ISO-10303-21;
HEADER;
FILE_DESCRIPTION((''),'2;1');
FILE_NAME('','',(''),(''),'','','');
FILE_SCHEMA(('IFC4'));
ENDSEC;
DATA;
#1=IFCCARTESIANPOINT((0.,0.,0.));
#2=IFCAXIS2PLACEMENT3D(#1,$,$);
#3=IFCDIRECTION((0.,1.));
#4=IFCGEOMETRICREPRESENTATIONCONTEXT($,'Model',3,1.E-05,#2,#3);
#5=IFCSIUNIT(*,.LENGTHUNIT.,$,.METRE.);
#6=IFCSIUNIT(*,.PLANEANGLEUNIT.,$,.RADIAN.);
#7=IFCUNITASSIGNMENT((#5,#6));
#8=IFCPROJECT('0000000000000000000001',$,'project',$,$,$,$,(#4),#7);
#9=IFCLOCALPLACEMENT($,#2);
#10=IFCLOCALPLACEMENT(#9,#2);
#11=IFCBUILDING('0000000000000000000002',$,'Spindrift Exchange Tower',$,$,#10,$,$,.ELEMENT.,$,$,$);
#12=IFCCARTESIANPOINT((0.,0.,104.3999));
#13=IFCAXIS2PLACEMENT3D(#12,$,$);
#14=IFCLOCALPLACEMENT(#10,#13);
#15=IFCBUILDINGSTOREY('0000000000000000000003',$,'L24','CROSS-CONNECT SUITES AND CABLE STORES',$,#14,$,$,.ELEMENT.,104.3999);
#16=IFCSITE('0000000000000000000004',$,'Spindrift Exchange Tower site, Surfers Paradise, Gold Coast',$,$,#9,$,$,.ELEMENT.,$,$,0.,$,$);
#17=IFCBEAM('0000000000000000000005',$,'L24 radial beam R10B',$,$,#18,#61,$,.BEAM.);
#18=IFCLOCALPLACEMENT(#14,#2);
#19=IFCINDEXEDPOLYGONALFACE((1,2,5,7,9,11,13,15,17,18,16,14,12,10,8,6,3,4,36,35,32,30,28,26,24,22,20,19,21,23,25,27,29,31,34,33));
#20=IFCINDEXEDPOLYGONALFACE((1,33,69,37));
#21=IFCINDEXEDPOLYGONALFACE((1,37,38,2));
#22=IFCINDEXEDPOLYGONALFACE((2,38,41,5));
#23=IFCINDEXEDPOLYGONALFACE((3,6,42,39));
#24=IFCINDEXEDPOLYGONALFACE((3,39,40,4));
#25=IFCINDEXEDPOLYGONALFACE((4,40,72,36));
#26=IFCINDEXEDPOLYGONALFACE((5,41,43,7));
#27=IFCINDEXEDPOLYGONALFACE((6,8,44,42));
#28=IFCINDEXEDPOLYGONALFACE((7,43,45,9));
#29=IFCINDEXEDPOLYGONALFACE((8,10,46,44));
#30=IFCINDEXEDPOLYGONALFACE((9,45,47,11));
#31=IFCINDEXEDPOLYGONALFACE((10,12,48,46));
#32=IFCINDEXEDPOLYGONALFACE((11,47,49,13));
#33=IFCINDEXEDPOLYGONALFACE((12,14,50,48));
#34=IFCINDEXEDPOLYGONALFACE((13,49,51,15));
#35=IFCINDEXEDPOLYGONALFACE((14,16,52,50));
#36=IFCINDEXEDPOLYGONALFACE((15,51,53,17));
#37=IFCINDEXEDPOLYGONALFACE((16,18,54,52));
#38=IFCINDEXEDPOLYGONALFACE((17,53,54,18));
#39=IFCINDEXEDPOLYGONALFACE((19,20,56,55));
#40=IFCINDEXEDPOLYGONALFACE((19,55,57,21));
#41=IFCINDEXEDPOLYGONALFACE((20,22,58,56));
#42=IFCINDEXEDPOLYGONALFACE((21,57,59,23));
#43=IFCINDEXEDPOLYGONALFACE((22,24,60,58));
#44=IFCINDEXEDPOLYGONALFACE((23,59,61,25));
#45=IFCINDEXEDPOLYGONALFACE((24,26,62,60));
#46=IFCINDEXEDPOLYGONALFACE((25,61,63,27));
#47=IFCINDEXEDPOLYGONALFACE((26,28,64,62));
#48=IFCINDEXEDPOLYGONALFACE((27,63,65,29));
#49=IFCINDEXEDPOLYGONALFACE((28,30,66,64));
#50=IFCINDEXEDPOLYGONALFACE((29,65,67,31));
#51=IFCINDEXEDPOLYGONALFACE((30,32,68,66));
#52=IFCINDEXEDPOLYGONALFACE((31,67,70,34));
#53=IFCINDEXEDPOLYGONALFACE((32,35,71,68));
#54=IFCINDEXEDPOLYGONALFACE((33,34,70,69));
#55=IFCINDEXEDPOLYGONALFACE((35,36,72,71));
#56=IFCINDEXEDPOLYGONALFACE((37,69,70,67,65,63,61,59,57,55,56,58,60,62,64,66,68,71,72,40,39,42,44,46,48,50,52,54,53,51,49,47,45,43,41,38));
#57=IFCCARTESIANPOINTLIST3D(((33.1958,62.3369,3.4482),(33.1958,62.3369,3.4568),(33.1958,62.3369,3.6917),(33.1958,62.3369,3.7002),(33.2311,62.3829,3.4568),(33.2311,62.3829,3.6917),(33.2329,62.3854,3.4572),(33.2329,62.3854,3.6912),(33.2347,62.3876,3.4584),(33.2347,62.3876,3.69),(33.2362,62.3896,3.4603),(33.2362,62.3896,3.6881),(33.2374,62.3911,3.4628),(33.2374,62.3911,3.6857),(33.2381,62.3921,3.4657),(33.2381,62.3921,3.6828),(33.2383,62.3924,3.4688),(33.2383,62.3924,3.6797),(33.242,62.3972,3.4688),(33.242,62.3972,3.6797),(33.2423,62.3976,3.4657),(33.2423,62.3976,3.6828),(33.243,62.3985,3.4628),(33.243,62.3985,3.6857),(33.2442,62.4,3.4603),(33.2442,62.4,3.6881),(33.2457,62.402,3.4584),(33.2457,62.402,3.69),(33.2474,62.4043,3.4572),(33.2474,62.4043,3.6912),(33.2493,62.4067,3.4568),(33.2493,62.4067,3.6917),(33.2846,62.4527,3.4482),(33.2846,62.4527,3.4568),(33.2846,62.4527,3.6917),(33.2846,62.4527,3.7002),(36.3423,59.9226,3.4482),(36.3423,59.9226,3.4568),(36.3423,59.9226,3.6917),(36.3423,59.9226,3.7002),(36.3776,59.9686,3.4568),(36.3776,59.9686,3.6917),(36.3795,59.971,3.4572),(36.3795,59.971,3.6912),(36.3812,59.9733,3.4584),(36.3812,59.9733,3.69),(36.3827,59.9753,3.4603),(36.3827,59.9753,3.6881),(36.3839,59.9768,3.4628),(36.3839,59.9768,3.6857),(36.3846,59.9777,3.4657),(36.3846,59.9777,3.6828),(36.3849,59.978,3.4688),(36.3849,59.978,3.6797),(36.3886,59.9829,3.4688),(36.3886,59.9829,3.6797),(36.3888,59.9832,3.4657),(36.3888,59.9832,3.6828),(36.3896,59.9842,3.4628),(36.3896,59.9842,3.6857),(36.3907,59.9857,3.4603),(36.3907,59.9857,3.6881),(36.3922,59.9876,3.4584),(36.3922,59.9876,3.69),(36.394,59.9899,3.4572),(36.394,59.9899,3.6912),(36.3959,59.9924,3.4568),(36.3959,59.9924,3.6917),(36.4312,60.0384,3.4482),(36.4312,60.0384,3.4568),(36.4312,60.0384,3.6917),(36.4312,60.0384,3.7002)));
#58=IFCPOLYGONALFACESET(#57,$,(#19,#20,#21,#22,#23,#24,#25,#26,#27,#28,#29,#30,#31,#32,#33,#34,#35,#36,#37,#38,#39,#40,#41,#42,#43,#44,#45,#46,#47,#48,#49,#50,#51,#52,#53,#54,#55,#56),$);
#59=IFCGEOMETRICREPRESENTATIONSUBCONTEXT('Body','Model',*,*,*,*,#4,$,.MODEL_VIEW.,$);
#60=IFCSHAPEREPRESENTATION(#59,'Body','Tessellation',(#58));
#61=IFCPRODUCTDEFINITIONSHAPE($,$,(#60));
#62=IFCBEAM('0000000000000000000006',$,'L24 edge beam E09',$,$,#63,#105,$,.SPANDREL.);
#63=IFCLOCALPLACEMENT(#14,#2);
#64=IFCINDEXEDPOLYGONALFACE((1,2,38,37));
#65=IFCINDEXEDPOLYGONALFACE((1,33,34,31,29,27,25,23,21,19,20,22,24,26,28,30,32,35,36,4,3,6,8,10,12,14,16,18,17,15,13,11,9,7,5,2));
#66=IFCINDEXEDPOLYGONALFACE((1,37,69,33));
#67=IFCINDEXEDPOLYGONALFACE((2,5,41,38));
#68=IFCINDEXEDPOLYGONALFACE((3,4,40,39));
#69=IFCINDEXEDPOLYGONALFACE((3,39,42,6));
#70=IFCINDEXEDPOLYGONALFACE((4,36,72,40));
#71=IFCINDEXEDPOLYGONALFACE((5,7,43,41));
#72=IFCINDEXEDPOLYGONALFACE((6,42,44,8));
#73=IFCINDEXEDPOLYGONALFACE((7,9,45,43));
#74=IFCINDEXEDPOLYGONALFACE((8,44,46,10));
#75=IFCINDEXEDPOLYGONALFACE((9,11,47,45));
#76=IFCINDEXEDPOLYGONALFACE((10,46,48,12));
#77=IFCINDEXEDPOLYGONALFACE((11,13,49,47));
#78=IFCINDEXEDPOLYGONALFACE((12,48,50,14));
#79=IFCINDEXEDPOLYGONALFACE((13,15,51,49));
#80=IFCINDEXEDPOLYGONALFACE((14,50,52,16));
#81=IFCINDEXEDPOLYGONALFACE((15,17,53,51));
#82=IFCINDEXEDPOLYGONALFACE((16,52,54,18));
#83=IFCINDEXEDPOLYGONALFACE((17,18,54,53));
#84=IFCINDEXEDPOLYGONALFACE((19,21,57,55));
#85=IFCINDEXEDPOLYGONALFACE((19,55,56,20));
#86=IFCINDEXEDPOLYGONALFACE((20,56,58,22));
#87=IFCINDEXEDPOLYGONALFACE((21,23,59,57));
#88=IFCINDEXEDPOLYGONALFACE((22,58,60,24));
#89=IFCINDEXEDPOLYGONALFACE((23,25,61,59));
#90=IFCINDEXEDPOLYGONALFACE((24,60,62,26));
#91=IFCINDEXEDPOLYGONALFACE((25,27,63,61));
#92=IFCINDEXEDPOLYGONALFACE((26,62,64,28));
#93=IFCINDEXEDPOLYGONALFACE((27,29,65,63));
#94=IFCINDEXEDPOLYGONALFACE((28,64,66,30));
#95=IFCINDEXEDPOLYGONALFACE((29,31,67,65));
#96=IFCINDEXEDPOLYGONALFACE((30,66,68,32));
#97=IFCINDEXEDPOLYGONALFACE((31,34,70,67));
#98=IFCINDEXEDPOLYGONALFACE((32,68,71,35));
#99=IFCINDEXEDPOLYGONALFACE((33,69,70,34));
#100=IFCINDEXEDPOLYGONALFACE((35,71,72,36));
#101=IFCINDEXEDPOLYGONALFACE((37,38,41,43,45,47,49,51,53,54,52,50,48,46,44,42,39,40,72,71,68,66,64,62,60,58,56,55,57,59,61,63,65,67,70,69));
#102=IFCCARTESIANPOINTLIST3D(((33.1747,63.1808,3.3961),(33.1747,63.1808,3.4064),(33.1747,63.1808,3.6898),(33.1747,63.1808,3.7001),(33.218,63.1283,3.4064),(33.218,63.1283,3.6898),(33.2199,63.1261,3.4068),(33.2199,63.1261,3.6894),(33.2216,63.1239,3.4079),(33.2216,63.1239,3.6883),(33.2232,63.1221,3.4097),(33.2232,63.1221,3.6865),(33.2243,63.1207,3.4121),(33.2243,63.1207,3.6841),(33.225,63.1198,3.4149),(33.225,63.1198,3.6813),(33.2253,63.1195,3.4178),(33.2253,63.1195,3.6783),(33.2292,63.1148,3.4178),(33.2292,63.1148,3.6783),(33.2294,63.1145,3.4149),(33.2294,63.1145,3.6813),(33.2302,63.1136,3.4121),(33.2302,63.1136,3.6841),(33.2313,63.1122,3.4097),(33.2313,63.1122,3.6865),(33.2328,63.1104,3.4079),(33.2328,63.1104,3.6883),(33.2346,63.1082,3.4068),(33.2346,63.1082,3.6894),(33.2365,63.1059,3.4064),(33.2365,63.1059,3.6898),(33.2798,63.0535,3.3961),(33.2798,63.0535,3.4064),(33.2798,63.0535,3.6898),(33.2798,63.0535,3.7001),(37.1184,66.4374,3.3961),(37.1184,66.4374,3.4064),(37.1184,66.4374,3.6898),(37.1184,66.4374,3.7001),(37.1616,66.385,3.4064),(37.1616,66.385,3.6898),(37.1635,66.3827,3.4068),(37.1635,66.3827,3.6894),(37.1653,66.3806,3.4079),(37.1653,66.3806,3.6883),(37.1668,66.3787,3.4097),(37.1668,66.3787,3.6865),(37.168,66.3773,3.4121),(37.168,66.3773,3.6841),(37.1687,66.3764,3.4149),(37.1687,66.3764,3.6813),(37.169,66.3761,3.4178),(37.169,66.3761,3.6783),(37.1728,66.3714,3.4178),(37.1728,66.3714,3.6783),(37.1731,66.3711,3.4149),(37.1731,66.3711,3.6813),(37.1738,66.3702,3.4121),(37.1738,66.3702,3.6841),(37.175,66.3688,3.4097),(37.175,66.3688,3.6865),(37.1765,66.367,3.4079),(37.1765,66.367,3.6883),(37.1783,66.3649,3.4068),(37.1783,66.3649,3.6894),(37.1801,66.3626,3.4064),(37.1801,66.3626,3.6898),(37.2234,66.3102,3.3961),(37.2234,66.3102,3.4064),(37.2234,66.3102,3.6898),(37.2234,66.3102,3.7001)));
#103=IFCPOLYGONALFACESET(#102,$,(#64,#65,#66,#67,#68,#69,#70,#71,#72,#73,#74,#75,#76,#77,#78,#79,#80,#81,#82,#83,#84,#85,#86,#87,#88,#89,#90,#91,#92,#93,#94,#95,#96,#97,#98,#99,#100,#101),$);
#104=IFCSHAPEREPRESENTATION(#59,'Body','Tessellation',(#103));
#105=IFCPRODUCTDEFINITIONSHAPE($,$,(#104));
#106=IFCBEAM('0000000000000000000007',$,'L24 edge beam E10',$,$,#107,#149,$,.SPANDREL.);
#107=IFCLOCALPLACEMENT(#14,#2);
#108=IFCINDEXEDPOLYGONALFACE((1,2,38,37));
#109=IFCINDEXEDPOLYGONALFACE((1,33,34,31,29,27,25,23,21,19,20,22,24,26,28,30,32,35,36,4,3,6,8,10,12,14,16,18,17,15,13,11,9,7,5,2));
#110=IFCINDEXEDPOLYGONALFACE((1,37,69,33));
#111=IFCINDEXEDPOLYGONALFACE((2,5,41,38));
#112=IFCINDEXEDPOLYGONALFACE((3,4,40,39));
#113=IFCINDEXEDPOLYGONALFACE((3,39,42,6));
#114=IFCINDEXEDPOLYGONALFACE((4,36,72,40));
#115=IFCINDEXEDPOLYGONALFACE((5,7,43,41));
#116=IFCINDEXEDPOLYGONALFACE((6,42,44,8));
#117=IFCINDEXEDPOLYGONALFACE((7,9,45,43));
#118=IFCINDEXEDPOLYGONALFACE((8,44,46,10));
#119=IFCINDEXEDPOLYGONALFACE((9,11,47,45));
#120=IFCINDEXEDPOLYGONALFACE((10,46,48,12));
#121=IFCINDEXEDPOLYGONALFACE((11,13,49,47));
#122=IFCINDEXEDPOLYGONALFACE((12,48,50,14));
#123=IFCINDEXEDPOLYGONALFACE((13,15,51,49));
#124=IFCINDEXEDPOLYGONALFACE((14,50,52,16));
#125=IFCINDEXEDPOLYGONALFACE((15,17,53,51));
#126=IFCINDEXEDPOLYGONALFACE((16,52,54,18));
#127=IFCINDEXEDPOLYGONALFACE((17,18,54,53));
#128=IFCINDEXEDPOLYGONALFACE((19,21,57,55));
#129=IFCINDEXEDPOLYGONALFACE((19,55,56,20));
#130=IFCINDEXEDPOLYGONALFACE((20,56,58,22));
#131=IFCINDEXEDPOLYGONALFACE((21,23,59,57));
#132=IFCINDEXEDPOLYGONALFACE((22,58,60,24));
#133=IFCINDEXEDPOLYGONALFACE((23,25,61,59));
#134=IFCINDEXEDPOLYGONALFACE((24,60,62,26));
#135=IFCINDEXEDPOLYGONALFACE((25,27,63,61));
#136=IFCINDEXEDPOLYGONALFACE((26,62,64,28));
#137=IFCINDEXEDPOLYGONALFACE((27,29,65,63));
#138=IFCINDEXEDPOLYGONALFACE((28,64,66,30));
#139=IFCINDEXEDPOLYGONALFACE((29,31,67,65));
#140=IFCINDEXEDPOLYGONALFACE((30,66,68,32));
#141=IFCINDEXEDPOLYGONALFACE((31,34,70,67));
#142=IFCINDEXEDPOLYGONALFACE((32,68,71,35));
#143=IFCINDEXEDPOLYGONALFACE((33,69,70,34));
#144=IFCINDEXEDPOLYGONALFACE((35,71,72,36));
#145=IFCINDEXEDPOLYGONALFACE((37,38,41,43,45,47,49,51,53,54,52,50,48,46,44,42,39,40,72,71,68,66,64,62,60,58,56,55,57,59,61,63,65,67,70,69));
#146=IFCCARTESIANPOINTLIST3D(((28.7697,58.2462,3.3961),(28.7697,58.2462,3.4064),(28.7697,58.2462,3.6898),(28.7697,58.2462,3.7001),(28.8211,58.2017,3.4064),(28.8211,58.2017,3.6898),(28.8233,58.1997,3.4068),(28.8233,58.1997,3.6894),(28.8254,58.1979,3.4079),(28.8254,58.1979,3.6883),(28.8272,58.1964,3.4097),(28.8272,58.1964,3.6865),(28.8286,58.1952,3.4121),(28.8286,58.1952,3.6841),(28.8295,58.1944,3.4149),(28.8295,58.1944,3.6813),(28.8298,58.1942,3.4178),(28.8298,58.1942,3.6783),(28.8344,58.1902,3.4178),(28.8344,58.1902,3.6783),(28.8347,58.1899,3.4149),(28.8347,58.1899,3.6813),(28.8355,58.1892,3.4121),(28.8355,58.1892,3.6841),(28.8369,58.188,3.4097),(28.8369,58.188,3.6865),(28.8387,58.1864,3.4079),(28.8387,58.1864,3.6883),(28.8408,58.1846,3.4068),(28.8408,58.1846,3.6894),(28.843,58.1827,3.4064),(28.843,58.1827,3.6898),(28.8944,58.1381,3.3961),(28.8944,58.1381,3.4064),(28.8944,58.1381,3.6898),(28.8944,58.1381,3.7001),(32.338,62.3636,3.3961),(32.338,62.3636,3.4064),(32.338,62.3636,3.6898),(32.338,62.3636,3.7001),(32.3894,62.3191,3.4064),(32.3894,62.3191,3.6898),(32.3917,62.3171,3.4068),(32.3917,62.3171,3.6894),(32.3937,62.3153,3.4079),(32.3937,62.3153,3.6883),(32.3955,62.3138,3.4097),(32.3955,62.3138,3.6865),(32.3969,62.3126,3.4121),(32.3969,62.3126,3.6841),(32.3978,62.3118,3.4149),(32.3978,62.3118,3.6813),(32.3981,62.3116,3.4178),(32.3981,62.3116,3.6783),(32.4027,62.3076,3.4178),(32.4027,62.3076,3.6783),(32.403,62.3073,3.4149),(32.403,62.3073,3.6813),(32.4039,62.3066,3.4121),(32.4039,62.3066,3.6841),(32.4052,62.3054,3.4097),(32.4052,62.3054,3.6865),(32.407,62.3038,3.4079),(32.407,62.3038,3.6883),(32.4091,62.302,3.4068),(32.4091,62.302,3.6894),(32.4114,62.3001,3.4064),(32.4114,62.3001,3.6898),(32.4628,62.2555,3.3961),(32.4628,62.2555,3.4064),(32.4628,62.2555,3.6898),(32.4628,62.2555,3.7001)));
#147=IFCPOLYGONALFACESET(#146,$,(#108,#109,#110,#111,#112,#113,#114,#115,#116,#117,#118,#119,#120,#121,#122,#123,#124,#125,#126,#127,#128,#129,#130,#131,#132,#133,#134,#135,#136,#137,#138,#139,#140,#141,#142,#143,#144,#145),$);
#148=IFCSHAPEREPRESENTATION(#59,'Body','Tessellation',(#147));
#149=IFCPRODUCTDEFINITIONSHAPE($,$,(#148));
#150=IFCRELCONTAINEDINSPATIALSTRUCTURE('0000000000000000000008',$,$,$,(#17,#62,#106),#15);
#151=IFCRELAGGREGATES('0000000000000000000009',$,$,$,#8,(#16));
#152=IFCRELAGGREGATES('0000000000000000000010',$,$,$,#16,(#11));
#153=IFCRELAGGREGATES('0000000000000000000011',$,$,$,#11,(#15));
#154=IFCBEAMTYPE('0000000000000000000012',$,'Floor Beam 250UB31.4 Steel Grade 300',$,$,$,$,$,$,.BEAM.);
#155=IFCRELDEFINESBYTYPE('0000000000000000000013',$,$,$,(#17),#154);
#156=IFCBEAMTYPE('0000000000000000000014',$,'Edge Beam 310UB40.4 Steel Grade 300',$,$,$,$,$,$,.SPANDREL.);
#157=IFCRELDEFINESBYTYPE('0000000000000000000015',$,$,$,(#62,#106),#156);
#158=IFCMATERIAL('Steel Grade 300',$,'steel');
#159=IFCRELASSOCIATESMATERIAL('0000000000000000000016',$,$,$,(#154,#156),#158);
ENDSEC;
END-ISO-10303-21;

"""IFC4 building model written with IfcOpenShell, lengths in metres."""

from ifc_helpers import new_model, si_unit, direction, frame, origin, origin_2d, place, context, subcontext, project, spatial, i_section, extrude, source, transform, mapped, material, material_profile, profile_set, type_object, element, save


model = new_model("IFC4")

# Units and contexts
model_context = context("Model", 3, precision=1e-05, world=origin(), true_north=direction((0.0, 1.0)))
body_context = subcontext(model_context, "Body", "Model", "MODEL_VIEW")
ifc_project = project(units=[si_unit("LENGTHUNIT", "METRE"), si_unit("PLANEANGLEUNIT", "RADIAN")], contexts=[model_context])

# Site, building, storey
site_placement = place(None, origin())
site = spatial("IfcSite", under=ifc_project, at=site_placement, Name="Spindrift Exchange Tower site, Surfers Paradise, Gold Coast", CompositionType="ELEMENT", RefElevation=0.0)
building_placement = place(site_placement, origin())
building = spatial("IfcBuilding", under=site, at=building_placement, Name="Spindrift Exchange Tower", CompositionType="ELEMENT")
storey_placement = place(building_placement, frame((0.0, 0.0, 104.3999)))
storey = spatial("IfcBuildingStorey", under=building, at=storey_placement, Name="L24", Description="CROSS-CONNECT SUITES AND CABLE STORES", CompositionType="ELEMENT", Elevation=104.3999)

# Beams
ifc_material_1 = material(Name="Steel Grade 300", Category="steel")
ifc_material_profile_1 = material_profile(ifc_material_1, i_section(OverallWidth=0.146, OverallDepth=0.252, WebThickness=0.0061, FlangeThickness=0.0085, FilletRadius=0.012, at=origin_2d()), Name="250UB31.4")
ifc_profile_set_1 = profile_set([ifc_material_profile_1], Name="Steel Grade 300")
beam_type_1 = type_object("IfcBeamType", Name="Floor Beam 250UB31.4 Steel Grade 300", PredefinedType="BEAM", material=ifc_profile_set_1)
shared_shape_1 = source(origin(), body_context, "Body", "SweptSolid", [
    extrude(i_section(OverallWidth=0.146, OverallDepth=0.252, WebThickness=0.0061, FlangeThickness=0.0085, FilletRadius=0.012, at=origin_2d()), origin(), (0.0, 0.0, 1.0), 3.9661),
])
beam_1_placement = place(storey_placement, frame((36.3867, 59.9805, 3.5742), z_axis=(-0.793363, 0.608749, 0.0), x_axis=(-0.608749, -0.793363, 0.0)))
element("IfcBeam", 1, at=beam_1_placement, inside=storey, type_object=beam_type_1, Name="L24 radial beam R10B", PredefinedType="BEAM", context=body_context, shape_type="MappedRepresentation", body=[
    mapped(shared_shape_1, transform((0.0, 0.0, 0.0), scale=1.0)),
])
ifc_material_profile_2 = material_profile(ifc_material_1, i_section(OverallWidth=0.165, OverallDepth=0.304, WebThickness=0.0061, FlangeThickness=0.0103, FilletRadius=0.0115, at=origin_2d()), Name="310UB40.4")
ifc_profile_set_2 = profile_set([ifc_material_profile_2], Name="Steel Grade 300")
beam_type_2 = type_object("IfcBeamType", Name="Edge Beam 310UB40.4 Steel Grade 300", PredefinedType="SPANDREL", material=ifc_profile_set_2)
shared_shape_2 = source(origin(), body_context, "Body", "SweptSolid", [
    extrude(i_section(OverallWidth=0.165, OverallDepth=0.304, WebThickness=0.0061, FlangeThickness=0.0103, FilletRadius=0.0115, at=origin_2d()), origin(), (0.0, 0.0, 1.0), 5.1145),
])
beam_2_placement = place(storey_placement, frame((37.1709, 66.3738, 3.5481), z_axis=(-0.771074, -0.636746, 0.0), x_axis=(0.636746, -0.771074, 0.0)))
element("IfcBeam", 2, at=beam_2_placement, inside=storey, type_object=beam_type_2, Name="L24 edge beam E09", PredefinedType="SPANDREL", context=body_context, shape_type="MappedRepresentation", body=[
    mapped(shared_shape_2, transform((0.0, 0.0, 0.0), scale=1.0)),
])
shared_shape_3 = source(origin(), body_context, "Body", "SweptSolid", [
    extrude(i_section(OverallWidth=0.165, OverallDepth=0.304, WebThickness=0.0061, FlangeThickness=0.0103, FilletRadius=0.0115, at=origin_2d()), origin(), (0.0, 0.0, 1.0), 5.4485),
])
beam_3_placement = place(storey_placement, frame((32.4004, 62.3096, 3.5481), z_axis=(-0.654922, -0.755696, 0.0), x_axis=(0.755696, -0.654922, 0.0)))
element("IfcBeam", 3, at=beam_3_placement, inside=storey, type_object=beam_type_2, Name="L24 edge beam E10", PredefinedType="SPANDREL", context=body_context, shape_type="MappedRepresentation", body=[
    mapped(shared_shape_3, transform((0.0, 0.0, 0.0), scale=1.0)),
])

save(model, "model.ifc")
